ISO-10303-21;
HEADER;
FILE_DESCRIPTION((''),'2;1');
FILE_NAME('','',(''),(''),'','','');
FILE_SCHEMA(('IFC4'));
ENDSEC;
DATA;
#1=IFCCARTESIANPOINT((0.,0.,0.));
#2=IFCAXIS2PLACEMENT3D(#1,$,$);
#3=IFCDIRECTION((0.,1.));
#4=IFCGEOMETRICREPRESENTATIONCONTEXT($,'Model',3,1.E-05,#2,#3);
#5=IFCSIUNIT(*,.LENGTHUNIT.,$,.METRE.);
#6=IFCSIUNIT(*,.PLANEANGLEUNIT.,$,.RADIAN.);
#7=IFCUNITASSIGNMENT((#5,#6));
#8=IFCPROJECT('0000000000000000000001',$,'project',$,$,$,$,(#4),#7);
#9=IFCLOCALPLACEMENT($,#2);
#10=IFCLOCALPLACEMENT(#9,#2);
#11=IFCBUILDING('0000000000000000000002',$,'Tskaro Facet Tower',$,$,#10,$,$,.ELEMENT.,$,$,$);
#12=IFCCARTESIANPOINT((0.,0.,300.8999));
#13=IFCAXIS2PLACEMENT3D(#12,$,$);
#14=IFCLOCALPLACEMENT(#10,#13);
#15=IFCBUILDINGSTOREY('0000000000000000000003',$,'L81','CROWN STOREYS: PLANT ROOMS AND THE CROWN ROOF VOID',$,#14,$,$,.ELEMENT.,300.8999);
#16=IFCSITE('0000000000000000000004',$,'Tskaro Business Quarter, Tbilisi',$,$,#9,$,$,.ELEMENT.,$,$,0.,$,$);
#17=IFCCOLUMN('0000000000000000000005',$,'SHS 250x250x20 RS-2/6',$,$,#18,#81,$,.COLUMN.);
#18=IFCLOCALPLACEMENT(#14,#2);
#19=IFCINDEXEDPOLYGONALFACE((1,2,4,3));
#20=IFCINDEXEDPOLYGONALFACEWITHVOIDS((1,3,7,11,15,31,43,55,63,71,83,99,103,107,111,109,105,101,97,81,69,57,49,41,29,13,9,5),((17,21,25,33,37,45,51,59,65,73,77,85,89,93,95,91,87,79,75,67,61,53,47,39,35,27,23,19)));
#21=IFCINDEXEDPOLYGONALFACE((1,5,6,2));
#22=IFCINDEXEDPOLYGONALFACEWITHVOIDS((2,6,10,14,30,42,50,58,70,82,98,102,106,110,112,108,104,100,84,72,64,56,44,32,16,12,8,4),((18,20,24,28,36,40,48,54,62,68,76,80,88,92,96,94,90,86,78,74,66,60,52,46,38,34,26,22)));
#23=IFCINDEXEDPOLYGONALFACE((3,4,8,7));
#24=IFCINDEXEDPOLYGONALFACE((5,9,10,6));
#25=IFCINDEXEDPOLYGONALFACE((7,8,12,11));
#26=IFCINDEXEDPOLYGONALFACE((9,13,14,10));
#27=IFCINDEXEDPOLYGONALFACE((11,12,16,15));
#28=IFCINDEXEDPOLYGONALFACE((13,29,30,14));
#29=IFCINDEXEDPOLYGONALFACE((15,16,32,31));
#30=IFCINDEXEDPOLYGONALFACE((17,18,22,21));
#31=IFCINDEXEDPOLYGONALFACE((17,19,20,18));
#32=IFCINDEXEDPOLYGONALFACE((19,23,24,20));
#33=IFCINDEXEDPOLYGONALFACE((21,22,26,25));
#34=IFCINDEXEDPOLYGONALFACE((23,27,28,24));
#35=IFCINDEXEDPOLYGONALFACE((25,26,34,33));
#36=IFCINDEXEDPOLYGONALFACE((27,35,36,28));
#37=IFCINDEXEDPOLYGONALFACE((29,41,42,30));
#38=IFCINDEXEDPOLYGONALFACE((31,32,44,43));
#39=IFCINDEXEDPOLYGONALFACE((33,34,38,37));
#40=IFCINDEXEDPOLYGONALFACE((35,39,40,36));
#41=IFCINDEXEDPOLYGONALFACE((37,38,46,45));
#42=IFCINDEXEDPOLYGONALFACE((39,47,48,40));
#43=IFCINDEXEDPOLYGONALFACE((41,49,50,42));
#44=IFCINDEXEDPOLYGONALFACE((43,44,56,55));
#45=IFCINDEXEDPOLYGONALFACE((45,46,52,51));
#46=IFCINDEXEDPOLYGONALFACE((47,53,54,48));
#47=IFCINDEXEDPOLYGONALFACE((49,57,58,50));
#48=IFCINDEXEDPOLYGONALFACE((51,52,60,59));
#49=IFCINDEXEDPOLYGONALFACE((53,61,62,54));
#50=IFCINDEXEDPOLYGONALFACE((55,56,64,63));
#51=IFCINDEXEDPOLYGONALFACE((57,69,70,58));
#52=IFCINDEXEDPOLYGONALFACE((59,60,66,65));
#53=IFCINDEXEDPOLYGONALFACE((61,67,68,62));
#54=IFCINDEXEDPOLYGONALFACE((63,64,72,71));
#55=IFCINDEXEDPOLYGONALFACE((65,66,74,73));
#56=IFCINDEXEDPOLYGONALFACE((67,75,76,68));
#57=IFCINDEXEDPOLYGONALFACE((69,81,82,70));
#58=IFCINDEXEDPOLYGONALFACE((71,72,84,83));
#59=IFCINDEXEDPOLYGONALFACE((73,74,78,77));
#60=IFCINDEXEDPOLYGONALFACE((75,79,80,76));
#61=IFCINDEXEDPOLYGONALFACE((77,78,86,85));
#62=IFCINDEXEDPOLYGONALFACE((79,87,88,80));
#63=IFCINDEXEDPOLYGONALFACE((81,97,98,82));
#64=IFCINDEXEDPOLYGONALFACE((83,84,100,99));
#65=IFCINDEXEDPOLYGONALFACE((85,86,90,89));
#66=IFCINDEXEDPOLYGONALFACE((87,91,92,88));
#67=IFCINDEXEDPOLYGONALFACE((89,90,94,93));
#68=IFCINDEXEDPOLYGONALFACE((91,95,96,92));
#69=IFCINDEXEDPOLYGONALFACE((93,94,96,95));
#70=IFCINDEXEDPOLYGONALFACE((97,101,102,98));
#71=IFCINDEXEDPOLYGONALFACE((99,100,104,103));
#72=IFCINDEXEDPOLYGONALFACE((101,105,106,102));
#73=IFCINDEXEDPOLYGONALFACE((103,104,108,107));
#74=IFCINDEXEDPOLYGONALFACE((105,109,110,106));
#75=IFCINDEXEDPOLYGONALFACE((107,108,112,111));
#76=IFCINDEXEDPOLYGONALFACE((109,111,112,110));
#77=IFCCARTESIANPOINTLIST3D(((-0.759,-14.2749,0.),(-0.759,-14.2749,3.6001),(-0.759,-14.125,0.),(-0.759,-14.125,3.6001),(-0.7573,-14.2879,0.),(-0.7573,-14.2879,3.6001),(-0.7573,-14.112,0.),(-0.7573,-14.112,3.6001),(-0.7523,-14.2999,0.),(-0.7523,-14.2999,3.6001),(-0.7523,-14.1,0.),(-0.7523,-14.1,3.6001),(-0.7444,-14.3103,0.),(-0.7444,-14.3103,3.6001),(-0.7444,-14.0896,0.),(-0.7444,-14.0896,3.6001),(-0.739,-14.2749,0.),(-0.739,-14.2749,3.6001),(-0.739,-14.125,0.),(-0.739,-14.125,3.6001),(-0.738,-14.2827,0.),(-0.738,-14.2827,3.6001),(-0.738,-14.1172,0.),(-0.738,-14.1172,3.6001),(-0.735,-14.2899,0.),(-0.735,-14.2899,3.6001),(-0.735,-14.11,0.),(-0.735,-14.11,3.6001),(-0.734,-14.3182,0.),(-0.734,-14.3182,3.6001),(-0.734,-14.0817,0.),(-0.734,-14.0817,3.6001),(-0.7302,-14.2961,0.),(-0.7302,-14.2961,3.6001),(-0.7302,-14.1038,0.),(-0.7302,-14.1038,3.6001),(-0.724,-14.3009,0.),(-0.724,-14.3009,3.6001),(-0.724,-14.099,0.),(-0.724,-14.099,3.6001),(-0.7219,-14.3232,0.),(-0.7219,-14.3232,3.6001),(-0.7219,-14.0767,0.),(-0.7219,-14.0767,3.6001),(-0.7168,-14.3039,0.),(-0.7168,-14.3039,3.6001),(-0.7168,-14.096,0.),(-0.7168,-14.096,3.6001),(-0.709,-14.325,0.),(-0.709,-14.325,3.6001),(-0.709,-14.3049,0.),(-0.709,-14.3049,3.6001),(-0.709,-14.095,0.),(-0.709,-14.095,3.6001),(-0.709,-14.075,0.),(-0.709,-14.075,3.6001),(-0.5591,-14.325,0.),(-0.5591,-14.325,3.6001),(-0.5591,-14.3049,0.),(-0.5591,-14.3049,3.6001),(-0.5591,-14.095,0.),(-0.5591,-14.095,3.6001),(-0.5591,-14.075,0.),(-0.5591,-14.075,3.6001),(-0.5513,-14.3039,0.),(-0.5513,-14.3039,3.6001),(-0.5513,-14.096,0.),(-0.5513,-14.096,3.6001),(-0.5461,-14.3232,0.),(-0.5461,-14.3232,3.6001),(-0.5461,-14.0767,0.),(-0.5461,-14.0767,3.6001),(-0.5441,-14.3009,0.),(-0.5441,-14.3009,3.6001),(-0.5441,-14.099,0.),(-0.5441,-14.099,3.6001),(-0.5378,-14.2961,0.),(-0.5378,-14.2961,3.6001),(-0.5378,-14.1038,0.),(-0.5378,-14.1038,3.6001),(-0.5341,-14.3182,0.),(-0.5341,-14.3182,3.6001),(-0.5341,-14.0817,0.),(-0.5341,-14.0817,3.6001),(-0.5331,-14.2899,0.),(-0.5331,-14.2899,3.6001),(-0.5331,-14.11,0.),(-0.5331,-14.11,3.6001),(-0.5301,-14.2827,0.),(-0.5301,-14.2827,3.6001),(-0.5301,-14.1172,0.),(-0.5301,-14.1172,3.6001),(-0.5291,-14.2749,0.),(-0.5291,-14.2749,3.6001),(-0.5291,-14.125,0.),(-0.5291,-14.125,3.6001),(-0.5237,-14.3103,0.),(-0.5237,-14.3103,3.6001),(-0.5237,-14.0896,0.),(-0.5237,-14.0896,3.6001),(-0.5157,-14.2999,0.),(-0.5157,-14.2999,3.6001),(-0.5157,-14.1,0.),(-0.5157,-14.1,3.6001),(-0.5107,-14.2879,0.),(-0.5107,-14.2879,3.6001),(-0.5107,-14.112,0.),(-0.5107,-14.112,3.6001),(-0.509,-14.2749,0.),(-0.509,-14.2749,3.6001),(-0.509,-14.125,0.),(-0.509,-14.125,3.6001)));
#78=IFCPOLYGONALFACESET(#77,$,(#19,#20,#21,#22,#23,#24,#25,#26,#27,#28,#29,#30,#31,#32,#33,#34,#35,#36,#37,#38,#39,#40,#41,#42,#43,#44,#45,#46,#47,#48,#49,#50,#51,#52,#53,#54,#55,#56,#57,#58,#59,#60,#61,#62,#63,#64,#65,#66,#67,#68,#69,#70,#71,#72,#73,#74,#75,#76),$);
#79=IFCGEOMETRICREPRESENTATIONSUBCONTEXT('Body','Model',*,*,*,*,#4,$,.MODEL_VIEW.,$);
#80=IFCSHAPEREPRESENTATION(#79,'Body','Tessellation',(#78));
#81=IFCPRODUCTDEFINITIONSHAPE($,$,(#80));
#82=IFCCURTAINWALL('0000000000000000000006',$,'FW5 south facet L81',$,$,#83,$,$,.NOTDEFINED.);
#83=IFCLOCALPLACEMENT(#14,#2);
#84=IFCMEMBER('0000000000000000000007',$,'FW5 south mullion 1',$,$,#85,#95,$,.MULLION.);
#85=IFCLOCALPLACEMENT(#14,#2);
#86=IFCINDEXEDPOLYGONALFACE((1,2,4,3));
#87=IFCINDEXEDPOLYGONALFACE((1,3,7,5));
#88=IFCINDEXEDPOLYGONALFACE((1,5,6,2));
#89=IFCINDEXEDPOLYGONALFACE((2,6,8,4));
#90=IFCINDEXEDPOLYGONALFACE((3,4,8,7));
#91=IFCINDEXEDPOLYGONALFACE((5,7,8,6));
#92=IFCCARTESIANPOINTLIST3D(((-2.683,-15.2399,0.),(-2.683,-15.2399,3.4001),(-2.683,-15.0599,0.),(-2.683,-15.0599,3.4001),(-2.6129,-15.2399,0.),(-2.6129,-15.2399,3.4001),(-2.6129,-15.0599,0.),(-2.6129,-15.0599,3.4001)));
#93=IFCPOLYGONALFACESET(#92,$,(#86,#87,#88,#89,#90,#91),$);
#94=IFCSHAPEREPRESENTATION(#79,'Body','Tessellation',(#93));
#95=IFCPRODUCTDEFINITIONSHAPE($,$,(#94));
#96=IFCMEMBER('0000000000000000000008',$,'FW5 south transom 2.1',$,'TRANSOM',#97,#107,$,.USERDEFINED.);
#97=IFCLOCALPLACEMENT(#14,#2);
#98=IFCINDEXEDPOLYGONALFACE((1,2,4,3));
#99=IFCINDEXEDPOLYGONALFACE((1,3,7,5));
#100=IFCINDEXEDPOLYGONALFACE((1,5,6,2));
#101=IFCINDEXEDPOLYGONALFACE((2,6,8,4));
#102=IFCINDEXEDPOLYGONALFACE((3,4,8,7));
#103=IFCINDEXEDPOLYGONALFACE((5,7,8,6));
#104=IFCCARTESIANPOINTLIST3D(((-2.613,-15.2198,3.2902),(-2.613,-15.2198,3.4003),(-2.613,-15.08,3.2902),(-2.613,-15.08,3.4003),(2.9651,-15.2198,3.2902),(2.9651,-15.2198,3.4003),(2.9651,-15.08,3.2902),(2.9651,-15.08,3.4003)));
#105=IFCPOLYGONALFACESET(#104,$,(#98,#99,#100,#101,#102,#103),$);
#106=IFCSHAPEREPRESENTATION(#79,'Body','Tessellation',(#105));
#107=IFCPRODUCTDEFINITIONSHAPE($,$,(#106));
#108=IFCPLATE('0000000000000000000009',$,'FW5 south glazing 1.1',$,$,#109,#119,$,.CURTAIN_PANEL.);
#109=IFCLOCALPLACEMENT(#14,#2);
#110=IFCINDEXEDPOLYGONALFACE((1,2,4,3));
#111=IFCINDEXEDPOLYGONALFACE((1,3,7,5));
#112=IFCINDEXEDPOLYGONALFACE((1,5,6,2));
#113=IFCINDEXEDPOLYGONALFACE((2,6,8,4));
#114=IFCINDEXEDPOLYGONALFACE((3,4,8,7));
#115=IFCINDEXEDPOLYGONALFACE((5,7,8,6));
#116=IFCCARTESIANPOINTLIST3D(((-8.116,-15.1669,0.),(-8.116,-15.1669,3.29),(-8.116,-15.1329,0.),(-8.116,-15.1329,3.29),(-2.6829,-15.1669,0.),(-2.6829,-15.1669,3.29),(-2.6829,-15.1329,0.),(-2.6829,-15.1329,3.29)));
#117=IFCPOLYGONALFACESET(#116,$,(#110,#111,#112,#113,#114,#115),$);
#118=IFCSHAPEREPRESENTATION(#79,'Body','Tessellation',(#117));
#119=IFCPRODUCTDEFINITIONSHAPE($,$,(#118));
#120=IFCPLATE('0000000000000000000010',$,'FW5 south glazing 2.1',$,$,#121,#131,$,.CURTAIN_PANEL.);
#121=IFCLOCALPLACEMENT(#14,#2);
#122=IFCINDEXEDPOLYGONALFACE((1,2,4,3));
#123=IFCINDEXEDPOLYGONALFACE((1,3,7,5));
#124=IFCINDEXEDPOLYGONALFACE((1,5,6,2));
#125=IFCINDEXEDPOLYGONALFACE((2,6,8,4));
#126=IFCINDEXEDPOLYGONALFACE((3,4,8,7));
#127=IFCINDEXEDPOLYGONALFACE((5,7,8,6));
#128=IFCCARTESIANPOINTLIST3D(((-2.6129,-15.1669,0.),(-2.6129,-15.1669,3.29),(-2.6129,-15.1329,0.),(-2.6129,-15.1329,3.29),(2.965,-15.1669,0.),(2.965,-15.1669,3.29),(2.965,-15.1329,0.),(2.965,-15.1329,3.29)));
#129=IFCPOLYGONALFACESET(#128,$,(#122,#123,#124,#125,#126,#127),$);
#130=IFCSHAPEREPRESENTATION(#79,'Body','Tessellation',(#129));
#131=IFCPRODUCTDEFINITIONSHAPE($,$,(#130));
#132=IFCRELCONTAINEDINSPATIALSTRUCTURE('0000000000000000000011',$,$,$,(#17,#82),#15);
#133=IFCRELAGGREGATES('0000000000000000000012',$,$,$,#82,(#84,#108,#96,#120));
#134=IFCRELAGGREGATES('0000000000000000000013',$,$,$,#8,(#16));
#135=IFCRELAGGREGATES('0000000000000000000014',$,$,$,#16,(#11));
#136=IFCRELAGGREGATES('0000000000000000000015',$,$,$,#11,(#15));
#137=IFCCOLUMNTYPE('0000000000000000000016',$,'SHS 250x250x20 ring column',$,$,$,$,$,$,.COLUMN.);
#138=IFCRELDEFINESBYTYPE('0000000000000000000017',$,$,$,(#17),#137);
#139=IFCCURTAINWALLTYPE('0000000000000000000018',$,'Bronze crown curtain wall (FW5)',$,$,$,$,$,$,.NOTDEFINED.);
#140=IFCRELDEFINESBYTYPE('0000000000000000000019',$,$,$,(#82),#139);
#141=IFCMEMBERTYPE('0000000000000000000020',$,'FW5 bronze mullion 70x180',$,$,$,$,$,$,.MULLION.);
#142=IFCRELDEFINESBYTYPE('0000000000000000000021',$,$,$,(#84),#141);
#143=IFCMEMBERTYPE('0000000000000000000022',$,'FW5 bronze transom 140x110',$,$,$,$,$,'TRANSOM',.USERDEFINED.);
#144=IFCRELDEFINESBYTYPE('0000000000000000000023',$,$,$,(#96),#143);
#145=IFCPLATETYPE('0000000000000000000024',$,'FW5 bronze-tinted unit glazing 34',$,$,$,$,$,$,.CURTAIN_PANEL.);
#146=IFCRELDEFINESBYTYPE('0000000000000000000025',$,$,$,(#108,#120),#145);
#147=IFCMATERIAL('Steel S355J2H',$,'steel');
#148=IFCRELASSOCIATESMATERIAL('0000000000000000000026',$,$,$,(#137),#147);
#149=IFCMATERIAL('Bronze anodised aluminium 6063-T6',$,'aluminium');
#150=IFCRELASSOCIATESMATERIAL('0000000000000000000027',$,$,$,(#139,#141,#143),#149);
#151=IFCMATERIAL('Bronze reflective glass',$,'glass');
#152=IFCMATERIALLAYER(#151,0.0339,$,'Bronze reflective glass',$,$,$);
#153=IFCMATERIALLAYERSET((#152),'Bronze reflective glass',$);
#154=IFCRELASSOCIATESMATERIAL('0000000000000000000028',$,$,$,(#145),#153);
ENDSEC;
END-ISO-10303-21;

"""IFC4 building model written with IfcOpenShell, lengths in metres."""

from ifc_helpers import new_model, si_unit, direction, frame, origin, origin_2d, place, context, subcontext, project, spatial, rectangle, hollow_rectangle, extrude, material, layer, layer_set, material_profile, profile_set, type_object, element, aggregate, save


model = new_model("IFC4")

# Units and contexts
model_context = context("Model", 3, precision=1e-05, world=origin(), true_north=direction((0.0, 1.0)))
body_context = subcontext(model_context, "Body", "Model", "MODEL_VIEW")
ifc_project = project(units=[si_unit("LENGTHUNIT", "METRE"), si_unit("PLANEANGLEUNIT", "RADIAN")], contexts=[model_context])

# Site, building, storey
site_placement = place(None, origin())
site = spatial("IfcSite", under=ifc_project, at=site_placement, Name="Tskaro Business Quarter, Tbilisi", CompositionType="ELEMENT", RefElevation=0.0)
building_placement = place(site_placement, origin())
building = spatial("IfcBuilding", under=site, at=building_placement, Name="Tskaro Facet Tower", CompositionType="ELEMENT")
storey_placement = place(building_placement, frame((0.0, 0.0, 300.8999)))
storey = spatial("IfcBuildingStorey", under=building, at=storey_placement, Name="L81", Description="CROWN STOREYS: PLANT ROOMS AND THE CROWN ROOF VOID", CompositionType="ELEMENT", Elevation=300.8999)

# Column
ifc_material_1 = material(Name="Steel S355J2H", Category="steel")
ifc_material_profile_1 = material_profile(ifc_material_1, hollow_rectangle(XDim=0.25, YDim=0.25, WallThickness=0.02, InnerFilletRadius=0.03, OuterFilletRadius=0.05, at=origin_2d()), Name="SHS 250x250x20")
ifc_profile_set_1 = profile_set([ifc_material_profile_1], Name="Steel S355J2H")
column_type = type_object("IfcColumnType", Name="SHS 250x250x20 ring column", PredefinedType="COLUMN", material=ifc_profile_set_1)
column_placement = place(storey_placement, frame((-0.634, -14.2, 0.0), z_axis=(0.0, 0.0, 1.0), x_axis=(1.0, 0.0, 0.0)))
element("IfcColumn", 1, at=column_placement, inside=storey, type_object=column_type, Name="SHS 250x250x20 RS-2/6", PredefinedType="COLUMN", context=body_context, shape_type="SweptSolid", body=[
    extrude(hollow_rectangle(XDim=0.25, YDim=0.25, WallThickness=0.02, InnerFilletRadius=0.03, OuterFilletRadius=0.05, at=origin_2d()), origin(), (0.0, 0.0, 1.0), 3.6001),
])

# Curtain wall, members, plates
ifc_material_2 = material(Name="Bronze anodised aluminium 6063-T6", Category="aluminium")
curtain_wall_type = type_object("IfcCurtainWallType", Name="Bronze crown curtain wall (FW5)", PredefinedType="NOTDEFINED", material=ifc_material_2)
curtain_wall_placement = place(storey_placement, origin())
curtain_wall = element("IfcCurtainWall", 2, at=curtain_wall_placement, inside=storey, type_object=curtain_wall_type, Name="FW5 south facet L81", PredefinedType="NOTDEFINED")
ifc_material_profile_2 = material_profile(ifc_material_2, rectangle(XDim=0.0701, YDim=0.1799, at=origin_2d()), Name="Mullion 70x180")
ifc_profile_set_2 = profile_set([ifc_material_profile_2], Name="Bronze anodised aluminium 6063-T6")
member_type_1 = type_object("IfcMemberType", Name="FW5 bronze mullion 70x180", PredefinedType="MULLION", material=ifc_profile_set_2)
member_1_placement = place(storey_placement, frame((-2.6479, -15.1499, 0.0), z_axis=(0.0, 0.0, 1.0), x_axis=(1.0, 0.0, 0.0)))
member_1 = element("IfcMember", 3, at=member_1_placement, type_object=member_type_1, Name="FW5 south mullion 1", PredefinedType="MULLION", context=body_context, shape_type="SweptSolid", body=[
    extrude(rectangle(XDim=0.0701, YDim=0.1799, at=origin_2d()), origin(), (0.0, 0.0, 1.0), 3.4001),
])
ifc_material_profile_3 = material_profile(ifc_material_2, rectangle(XDim=0.1399, YDim=0.1101, at=origin_2d()), Name="Transom 140x110")
ifc_profile_set_3 = profile_set([ifc_material_profile_3], Name="Bronze anodised aluminium 6063-T6")
member_type_2 = type_object("IfcMemberType", Name="FW5 bronze transom 140x110", ElementType="TRANSOM", PredefinedType="USERDEFINED", material=ifc_profile_set_3)
member_2_placement = place(storey_placement, frame((-2.613, -15.1499, 3.3452), z_axis=(1.0, 0.0, 0.0), x_axis=(0.0, 1.0, 0.0)))
member_2 = element("IfcMember", 4, at=member_2_placement, type_object=member_type_2, Name="FW5 south transom 2.1", ObjectType="TRANSOM", PredefinedType="USERDEFINED", context=body_context, shape_type="SweptSolid", body=[
    extrude(rectangle(XDim=0.1399, YDim=0.1101, at=origin_2d()), origin(), (0.0, 0.0, 1.0), 5.5781),
])
ifc_material_3 = material(Name="Bronze reflective glass", Category="glass")
ifc_layer_1 = layer(ifc_material_3, 0.0339, Name="Bronze reflective glass")
ifc_layer_set_1 = layer_set([ifc_layer_1], Name="Bronze reflective glass")
plate_type = type_object("IfcPlateType", Name="FW5 bronze-tinted unit glazing 34", PredefinedType="CURTAIN_PANEL", material=ifc_layer_set_1)
plate_1_placement = place(storey_placement, frame((-5.3994, -15.1499, 0.0), z_axis=(0.0, 0.0, 1.0), x_axis=(1.0, 0.0, 0.0)))
plate_1 = element("IfcPlate", 5, at=plate_1_placement, type_object=plate_type, Name="FW5 south glazing 1.1", PredefinedType="CURTAIN_PANEL", context=body_context, shape_type="SweptSolid", body=[
    extrude(rectangle(XDim=5.4331, YDim=0.0339, at=origin_2d()), origin(), (0.0, 0.0, 1.0), 3.29),
])
plate_2_placement = place(storey_placement, frame((0.176, -15.1499, 0.0), z_axis=(0.0, 0.0, 1.0), x_axis=(1.0, 0.0, 0.0)))
plate_2 = element("IfcPlate", 6, at=plate_2_placement, type_object=plate_type, Name="FW5 south glazing 2.1", PredefinedType="CURTAIN_PANEL", context=body_context, shape_type="SweptSolid", body=[
    extrude(rectangle(XDim=5.5779, YDim=0.0339, at=origin_2d()), origin(), (0.0, 0.0, 1.0), 3.29),
])
aggregate(curtain_wall, [member_1, plate_1, member_2, plate_2])

save(model, "model.ifc")
